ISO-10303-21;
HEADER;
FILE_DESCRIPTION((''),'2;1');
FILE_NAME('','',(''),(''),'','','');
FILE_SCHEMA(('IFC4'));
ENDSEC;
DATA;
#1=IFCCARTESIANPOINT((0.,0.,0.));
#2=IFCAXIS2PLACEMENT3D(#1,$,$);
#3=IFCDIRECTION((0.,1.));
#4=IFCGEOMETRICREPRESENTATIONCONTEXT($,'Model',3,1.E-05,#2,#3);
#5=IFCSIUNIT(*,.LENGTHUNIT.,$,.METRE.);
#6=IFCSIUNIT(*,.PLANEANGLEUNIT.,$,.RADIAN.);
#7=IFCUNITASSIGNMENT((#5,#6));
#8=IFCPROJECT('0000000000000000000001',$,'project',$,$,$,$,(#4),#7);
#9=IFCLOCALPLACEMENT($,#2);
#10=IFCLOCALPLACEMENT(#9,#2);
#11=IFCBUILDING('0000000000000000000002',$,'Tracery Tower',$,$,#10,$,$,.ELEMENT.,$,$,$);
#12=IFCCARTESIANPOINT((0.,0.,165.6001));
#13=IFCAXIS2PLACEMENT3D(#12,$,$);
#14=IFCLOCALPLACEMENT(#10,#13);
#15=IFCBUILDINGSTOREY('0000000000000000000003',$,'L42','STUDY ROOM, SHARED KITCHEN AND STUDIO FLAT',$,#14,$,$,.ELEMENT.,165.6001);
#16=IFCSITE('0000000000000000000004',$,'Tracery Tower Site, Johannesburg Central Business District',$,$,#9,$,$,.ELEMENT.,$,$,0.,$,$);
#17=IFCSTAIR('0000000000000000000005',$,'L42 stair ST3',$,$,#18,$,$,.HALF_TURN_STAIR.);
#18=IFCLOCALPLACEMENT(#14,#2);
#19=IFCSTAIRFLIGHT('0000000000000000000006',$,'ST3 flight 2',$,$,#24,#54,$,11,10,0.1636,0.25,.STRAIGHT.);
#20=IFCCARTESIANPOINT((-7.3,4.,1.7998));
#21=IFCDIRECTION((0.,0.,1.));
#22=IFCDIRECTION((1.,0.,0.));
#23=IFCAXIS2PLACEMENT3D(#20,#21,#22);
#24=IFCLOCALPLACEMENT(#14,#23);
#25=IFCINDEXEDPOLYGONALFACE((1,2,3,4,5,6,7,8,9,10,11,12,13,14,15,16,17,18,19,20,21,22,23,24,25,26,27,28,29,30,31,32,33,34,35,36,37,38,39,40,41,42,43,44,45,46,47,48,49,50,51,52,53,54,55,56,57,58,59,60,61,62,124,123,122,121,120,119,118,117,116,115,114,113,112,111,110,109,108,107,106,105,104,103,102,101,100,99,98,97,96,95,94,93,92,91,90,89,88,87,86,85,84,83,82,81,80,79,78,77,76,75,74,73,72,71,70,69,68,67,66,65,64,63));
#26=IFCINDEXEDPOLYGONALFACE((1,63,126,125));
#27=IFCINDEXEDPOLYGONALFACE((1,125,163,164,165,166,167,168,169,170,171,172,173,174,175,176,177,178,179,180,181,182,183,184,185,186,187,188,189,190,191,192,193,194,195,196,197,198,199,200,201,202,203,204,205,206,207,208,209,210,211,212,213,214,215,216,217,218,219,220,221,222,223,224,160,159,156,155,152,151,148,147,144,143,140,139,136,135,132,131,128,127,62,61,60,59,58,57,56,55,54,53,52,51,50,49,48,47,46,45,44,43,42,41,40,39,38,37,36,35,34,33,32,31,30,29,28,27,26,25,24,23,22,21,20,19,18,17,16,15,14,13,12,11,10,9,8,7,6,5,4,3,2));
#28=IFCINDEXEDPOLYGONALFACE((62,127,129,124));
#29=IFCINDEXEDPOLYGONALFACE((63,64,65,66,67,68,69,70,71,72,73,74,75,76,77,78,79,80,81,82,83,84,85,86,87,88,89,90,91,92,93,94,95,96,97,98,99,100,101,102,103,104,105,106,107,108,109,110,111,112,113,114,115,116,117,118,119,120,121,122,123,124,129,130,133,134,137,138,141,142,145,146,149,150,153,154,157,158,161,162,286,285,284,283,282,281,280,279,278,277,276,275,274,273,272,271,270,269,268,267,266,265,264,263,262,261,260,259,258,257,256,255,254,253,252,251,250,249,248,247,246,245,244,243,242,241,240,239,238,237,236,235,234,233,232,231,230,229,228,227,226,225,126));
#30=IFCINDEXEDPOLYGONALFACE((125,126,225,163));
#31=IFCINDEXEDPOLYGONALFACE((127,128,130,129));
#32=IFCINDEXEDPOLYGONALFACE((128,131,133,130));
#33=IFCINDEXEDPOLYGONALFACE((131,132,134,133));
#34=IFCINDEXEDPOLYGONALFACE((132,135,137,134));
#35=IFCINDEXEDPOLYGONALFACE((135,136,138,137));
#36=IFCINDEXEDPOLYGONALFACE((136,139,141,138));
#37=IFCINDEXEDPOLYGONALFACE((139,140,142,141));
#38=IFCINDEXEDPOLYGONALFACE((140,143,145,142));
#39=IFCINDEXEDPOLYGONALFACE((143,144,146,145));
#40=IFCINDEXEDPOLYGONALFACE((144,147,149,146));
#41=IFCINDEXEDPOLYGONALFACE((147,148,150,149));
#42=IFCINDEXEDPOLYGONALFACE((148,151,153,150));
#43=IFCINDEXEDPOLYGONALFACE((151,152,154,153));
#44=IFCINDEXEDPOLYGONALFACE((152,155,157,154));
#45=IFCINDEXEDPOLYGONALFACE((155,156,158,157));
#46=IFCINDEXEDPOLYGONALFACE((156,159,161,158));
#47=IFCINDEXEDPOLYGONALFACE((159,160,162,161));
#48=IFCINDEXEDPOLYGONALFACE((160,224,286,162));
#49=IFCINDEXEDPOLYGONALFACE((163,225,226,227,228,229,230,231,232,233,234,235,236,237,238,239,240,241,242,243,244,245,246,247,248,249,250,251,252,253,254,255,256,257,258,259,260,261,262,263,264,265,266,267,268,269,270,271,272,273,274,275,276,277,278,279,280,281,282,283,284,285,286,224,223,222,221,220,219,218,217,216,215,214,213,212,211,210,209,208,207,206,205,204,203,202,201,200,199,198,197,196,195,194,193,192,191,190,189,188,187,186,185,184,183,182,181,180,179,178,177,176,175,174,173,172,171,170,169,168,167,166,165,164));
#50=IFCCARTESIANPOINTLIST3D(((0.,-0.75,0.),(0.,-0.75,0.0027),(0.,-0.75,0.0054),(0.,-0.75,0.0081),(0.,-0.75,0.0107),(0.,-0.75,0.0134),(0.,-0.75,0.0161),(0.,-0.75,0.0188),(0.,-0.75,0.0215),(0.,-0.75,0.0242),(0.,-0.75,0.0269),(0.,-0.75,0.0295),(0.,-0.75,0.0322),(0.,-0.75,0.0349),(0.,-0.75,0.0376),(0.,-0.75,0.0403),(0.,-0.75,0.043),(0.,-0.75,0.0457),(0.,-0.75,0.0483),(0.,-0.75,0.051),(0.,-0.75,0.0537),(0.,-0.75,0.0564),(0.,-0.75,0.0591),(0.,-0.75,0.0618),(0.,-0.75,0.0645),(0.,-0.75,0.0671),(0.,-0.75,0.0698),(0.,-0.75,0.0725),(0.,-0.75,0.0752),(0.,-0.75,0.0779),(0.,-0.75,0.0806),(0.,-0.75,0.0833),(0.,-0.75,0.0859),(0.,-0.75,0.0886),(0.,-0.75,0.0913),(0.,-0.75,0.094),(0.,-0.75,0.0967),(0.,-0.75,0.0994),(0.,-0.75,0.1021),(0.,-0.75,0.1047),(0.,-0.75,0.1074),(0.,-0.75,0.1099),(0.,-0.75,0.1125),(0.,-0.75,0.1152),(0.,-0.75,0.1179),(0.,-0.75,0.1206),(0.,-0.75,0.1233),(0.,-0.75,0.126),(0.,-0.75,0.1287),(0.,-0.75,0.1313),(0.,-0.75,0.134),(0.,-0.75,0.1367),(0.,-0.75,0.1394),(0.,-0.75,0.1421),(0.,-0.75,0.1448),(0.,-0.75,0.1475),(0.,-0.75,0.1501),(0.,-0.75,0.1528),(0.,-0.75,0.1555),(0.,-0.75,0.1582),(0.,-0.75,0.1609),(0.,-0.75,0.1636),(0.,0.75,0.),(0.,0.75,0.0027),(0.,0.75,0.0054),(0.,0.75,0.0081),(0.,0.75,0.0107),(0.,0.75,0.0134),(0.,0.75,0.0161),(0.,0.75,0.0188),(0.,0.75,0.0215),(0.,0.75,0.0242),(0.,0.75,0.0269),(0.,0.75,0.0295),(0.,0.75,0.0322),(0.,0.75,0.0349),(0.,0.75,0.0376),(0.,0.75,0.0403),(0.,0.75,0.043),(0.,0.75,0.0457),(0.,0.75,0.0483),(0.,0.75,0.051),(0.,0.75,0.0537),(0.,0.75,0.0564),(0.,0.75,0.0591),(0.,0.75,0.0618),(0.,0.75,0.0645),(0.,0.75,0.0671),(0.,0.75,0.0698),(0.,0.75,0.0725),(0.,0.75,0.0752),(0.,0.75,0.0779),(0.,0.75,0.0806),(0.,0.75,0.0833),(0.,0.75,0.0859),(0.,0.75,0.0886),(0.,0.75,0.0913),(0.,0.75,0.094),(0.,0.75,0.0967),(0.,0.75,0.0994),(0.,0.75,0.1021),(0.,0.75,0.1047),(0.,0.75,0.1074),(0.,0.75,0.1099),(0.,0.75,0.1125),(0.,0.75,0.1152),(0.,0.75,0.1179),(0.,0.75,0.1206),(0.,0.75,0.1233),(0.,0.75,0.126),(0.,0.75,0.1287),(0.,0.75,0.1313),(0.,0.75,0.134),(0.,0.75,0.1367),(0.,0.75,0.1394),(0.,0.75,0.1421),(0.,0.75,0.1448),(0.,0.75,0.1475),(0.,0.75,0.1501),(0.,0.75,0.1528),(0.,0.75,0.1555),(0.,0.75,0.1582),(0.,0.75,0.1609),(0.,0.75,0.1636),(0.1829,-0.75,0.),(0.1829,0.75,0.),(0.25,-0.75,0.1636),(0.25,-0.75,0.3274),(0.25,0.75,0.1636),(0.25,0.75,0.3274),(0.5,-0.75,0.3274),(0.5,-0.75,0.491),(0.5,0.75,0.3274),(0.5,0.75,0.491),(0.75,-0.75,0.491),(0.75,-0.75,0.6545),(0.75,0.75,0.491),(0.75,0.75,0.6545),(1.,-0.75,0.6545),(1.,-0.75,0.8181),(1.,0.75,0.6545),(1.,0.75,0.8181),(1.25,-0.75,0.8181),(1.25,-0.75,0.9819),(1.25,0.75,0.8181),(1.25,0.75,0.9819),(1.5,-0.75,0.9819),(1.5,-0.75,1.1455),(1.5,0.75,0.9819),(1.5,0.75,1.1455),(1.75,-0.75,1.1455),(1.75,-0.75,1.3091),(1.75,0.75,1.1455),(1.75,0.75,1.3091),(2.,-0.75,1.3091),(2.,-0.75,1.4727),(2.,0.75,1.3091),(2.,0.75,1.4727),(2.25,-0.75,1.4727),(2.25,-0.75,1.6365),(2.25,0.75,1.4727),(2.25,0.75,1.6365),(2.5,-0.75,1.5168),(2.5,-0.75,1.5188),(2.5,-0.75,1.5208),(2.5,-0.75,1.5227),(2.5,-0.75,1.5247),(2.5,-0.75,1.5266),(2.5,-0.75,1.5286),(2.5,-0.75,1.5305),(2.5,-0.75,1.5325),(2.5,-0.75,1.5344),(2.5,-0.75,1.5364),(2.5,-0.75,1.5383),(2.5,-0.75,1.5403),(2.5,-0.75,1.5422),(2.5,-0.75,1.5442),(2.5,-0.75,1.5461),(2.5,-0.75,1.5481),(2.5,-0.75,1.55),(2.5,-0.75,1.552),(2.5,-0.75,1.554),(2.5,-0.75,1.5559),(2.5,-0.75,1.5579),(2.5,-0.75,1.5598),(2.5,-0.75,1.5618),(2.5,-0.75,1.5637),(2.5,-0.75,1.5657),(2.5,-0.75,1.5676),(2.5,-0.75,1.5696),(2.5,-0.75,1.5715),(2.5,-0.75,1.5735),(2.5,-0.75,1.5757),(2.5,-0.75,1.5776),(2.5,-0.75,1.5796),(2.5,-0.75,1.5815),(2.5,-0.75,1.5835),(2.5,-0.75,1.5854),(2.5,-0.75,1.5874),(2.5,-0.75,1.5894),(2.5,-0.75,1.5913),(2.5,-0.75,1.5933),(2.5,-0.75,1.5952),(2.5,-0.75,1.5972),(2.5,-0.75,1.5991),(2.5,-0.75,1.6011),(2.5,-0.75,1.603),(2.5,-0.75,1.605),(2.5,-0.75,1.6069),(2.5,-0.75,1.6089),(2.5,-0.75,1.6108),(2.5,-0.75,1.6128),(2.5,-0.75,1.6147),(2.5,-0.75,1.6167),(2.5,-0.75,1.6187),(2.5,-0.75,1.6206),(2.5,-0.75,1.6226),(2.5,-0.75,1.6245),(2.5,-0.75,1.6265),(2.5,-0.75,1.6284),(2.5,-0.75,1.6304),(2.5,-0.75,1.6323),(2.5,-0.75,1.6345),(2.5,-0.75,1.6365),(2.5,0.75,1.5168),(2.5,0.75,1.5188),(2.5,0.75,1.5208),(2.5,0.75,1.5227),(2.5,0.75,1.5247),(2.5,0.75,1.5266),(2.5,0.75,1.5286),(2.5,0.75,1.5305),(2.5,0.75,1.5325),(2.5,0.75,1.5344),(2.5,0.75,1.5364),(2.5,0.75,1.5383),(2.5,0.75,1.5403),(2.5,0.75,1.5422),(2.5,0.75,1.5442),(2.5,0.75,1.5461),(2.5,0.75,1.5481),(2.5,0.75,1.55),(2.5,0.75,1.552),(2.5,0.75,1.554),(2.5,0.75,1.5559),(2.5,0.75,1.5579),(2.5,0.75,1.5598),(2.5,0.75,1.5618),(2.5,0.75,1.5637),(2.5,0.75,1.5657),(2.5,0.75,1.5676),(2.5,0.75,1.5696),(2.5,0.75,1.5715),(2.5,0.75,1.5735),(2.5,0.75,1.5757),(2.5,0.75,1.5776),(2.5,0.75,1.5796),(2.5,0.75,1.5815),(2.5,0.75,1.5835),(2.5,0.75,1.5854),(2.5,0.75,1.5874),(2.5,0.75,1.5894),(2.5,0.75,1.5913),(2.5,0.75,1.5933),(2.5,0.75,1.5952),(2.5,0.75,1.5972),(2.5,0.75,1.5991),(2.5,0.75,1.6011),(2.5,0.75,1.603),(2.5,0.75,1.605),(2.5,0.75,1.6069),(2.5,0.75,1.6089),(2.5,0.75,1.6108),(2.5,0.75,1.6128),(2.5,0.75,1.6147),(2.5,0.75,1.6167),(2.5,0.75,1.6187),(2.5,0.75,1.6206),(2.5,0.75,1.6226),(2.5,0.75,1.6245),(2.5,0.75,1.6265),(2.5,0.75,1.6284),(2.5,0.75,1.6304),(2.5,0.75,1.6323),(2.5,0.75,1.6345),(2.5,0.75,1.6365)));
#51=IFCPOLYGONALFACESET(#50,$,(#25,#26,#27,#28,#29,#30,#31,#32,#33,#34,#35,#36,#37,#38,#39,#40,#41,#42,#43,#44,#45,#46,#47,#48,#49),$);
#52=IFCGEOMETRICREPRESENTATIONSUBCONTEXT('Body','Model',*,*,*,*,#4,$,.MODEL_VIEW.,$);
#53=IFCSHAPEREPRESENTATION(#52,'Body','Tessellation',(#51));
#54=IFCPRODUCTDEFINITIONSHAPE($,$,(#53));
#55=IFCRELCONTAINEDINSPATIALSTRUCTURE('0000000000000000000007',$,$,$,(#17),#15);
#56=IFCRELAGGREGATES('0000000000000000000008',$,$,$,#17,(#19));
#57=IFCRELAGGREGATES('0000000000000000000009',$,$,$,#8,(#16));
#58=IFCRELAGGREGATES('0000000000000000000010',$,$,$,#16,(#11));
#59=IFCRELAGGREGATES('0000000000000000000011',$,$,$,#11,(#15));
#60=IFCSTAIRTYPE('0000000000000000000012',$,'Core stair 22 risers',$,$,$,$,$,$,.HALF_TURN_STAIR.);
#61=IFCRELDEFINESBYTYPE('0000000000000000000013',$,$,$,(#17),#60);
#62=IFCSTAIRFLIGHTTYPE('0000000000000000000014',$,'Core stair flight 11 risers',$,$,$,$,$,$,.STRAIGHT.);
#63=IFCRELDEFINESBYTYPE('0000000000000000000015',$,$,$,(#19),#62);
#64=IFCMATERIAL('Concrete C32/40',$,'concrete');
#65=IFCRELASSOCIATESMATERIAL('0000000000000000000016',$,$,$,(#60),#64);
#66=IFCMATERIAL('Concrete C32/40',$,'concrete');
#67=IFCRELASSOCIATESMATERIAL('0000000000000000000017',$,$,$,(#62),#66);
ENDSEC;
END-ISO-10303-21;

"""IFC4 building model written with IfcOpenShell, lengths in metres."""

from ifc_helpers import new_model, si_unit, direction, frame, origin, place, context, subcontext, project, spatial, polyline, outline, extrude, material, type_object, element, aggregate, save


model = new_model("IFC4")

# Units and contexts
model_context = context("Model", 3, precision=1e-05, world=origin(), true_north=direction((0.0, 1.0)))
body_context = subcontext(model_context, "Body", "Model", "MODEL_VIEW")
ifc_project = project(units=[si_unit("LENGTHUNIT", "METRE"), si_unit("PLANEANGLEUNIT", "RADIAN")], contexts=[model_context])

# Site, building, storey
site_placement = place(None, origin())
site = spatial("IfcSite", under=ifc_project, at=site_placement, Name="Tracery Tower Site, Johannesburg Central Business District", CompositionType="ELEMENT", RefElevation=0.0)
building_placement = place(site_placement, origin())
building = spatial("IfcBuilding", under=site, at=building_placement, Name="Tracery Tower", CompositionType="ELEMENT")
storey_placement = place(building_placement, frame((0.0, 0.0, 165.6001)))
storey = spatial("IfcBuildingStorey", under=building, at=storey_placement, Name="L42", Description="STUDY ROOM, SHARED KITCHEN AND STUDIO FLAT", CompositionType="ELEMENT", Elevation=165.6001)

# Stair, stair flight
ifc_material_1 = material(Name="Concrete C32/40", Category="concrete")
stair_type = type_object("IfcStairType", Name="Core stair 22 risers", PredefinedType="HALF_TURN_STAIR", material=ifc_material_1)
stair_placement = place(storey_placement, origin())
stair = element("IfcStair", 1, at=stair_placement, inside=storey, type_object=stair_type, Name="L42 stair ST3", PredefinedType="HALF_TURN_STAIR")
ifc_material_2 = material(Name="Concrete C32/40", Category="concrete")
stair_flight_type = type_object("IfcStairFlightType", Name="Core stair flight 11 risers", PredefinedType="STRAIGHT", material=ifc_material_2)
stair_flight_1_placement = place(storey_placement, frame((-7.3, 4.0, 1.7998), z_axis=(0.0, 0.0, 1.0), x_axis=(1.0, 0.0, 0.0)))
stair_flight_1 = element("IfcStairFlight", 2, at=stair_flight_1_placement, type_object=stair_flight_type, Name="ST3 flight 2", NumberOfRisers=11, NumberOfTreads=10, PredefinedType="STRAIGHT", RiserHeight=0.1636, TreadLength=0.25, context=body_context, shape_type="SweptSolid", body=[
    extrude(outline(polyline([(0.0, 0.0), (0.0, 0.0027), (0.0, 0.0054), (0.0, 0.0081), (0.0, 0.0107), (0.0, 0.0134), (0.0, 0.0161), (0.0, 0.0188), (0.0, 0.0215), (0.0, 0.0242), (0.0, 0.0269), (0.0, 0.0295), (0.0, 0.0322), (0.0, 0.0349), (0.0, 0.0376), (0.0, 0.0403), (0.0, 0.043), (0.0, 0.0457), (0.0, 0.0483), (0.0, 0.051), (0.0, 0.0537), (0.0, 0.0564), (0.0, 0.0591), (0.0, 0.0618), (0.0, 0.0645), (0.0, 0.0671), (0.0, 0.0698), (0.0, 0.0725), (0.0, 0.0752), (0.0, 0.0779), (0.0, 0.0806), (0.0, 0.0833), (0.0, 0.0859), (0.0, 0.0886), (0.0, 0.0913), (0.0, 0.094), (0.0, 0.0967), (0.0, 0.0994), (0.0, 0.1021), (0.0, 0.1047), (0.0, 0.1074), (0.0, 0.1099), (0.0, 0.1125), (0.0, 0.1152), (0.0, 0.1179), (0.0, 0.1206), (0.0, 0.1233), (0.0, 0.126), (0.0, 0.1287), (0.0, 0.1313), (0.0, 0.134), (0.0, 0.1367), (0.0, 0.1394), (0.0, 0.1421), (0.0, 0.1448), (0.0, 0.1475), (0.0, 0.1501), (0.0, 0.1528), (0.0, 0.1555), (0.0, 0.1582), (0.0, 0.1609), (0.0, 0.1636), (0.25, 0.1636), (0.25, 0.3274), (0.5, 0.3274), (0.5, 0.491), (0.75, 0.491), (0.75, 0.6545), (1.0, 0.6545), (1.0, 0.8181), (1.25, 0.8181), (1.25, 0.9819), (1.5, 0.9819), (1.5, 1.1455), (1.75, 1.1455), (1.75, 1.3091), (2.0, 1.3091), (2.0, 1.4727), (2.25, 1.4727), (2.25, 1.6365), (2.5, 1.6365), (2.5, 1.6345), (2.5, 1.6323), (2.5, 1.6304), (2.5, 1.6284), (2.5, 1.6265), (2.5, 1.6245), (2.5, 1.6226), (2.5, 1.6206), (2.5, 1.6187), (2.5, 1.6167), (2.5, 1.6147), (2.5, 1.6128), (2.5, 1.6108), (2.5, 1.6089), (2.5, 1.6069), (2.5, 1.605), (2.5, 1.603), (2.5, 1.6011), (2.5, 1.5991), (2.5, 1.5972), (2.5, 1.5952), (2.5, 1.5933), (2.5, 1.5913), (2.5, 1.5894), (2.5, 1.5874), (2.5, 1.5854), (2.5, 1.5835), (2.5, 1.5815), (2.5, 1.5796), (2.5, 1.5776), (2.5, 1.5757), (2.5, 1.5735), (2.5, 1.5715), (2.5, 1.5696), (2.5, 1.5676), (2.5, 1.5657), (2.5, 1.5637), (2.5, 1.5618), (2.5, 1.5598), (2.5, 1.5579), (2.5, 1.5559), (2.5, 1.554), (2.5, 1.552), (2.5, 1.55), (2.5, 1.5481), (2.5, 1.5461), (2.5, 1.5442), (2.5, 1.5422), (2.5, 1.5403), (2.5, 1.5383), (2.5, 1.5364), (2.5, 1.5344), (2.5, 1.5325), (2.5, 1.5305), (2.5, 1.5286), (2.5, 1.5266), (2.5, 1.5247), (2.5, 1.5227), (2.5, 1.5208), (2.5, 1.5188), (2.5, 1.5168), (0.1829, 0.0), (0.0, 0.0)])), frame((0.0, 0.75, 0.0), z_axis=(0.0, -1.0, 0.0), x_axis=(1.0, 0.0, 0.0)), (0.0, 0.0, 1.0), 1.5),
])
aggregate(stair, [stair_flight_1])

save(model, "model.ifc")
